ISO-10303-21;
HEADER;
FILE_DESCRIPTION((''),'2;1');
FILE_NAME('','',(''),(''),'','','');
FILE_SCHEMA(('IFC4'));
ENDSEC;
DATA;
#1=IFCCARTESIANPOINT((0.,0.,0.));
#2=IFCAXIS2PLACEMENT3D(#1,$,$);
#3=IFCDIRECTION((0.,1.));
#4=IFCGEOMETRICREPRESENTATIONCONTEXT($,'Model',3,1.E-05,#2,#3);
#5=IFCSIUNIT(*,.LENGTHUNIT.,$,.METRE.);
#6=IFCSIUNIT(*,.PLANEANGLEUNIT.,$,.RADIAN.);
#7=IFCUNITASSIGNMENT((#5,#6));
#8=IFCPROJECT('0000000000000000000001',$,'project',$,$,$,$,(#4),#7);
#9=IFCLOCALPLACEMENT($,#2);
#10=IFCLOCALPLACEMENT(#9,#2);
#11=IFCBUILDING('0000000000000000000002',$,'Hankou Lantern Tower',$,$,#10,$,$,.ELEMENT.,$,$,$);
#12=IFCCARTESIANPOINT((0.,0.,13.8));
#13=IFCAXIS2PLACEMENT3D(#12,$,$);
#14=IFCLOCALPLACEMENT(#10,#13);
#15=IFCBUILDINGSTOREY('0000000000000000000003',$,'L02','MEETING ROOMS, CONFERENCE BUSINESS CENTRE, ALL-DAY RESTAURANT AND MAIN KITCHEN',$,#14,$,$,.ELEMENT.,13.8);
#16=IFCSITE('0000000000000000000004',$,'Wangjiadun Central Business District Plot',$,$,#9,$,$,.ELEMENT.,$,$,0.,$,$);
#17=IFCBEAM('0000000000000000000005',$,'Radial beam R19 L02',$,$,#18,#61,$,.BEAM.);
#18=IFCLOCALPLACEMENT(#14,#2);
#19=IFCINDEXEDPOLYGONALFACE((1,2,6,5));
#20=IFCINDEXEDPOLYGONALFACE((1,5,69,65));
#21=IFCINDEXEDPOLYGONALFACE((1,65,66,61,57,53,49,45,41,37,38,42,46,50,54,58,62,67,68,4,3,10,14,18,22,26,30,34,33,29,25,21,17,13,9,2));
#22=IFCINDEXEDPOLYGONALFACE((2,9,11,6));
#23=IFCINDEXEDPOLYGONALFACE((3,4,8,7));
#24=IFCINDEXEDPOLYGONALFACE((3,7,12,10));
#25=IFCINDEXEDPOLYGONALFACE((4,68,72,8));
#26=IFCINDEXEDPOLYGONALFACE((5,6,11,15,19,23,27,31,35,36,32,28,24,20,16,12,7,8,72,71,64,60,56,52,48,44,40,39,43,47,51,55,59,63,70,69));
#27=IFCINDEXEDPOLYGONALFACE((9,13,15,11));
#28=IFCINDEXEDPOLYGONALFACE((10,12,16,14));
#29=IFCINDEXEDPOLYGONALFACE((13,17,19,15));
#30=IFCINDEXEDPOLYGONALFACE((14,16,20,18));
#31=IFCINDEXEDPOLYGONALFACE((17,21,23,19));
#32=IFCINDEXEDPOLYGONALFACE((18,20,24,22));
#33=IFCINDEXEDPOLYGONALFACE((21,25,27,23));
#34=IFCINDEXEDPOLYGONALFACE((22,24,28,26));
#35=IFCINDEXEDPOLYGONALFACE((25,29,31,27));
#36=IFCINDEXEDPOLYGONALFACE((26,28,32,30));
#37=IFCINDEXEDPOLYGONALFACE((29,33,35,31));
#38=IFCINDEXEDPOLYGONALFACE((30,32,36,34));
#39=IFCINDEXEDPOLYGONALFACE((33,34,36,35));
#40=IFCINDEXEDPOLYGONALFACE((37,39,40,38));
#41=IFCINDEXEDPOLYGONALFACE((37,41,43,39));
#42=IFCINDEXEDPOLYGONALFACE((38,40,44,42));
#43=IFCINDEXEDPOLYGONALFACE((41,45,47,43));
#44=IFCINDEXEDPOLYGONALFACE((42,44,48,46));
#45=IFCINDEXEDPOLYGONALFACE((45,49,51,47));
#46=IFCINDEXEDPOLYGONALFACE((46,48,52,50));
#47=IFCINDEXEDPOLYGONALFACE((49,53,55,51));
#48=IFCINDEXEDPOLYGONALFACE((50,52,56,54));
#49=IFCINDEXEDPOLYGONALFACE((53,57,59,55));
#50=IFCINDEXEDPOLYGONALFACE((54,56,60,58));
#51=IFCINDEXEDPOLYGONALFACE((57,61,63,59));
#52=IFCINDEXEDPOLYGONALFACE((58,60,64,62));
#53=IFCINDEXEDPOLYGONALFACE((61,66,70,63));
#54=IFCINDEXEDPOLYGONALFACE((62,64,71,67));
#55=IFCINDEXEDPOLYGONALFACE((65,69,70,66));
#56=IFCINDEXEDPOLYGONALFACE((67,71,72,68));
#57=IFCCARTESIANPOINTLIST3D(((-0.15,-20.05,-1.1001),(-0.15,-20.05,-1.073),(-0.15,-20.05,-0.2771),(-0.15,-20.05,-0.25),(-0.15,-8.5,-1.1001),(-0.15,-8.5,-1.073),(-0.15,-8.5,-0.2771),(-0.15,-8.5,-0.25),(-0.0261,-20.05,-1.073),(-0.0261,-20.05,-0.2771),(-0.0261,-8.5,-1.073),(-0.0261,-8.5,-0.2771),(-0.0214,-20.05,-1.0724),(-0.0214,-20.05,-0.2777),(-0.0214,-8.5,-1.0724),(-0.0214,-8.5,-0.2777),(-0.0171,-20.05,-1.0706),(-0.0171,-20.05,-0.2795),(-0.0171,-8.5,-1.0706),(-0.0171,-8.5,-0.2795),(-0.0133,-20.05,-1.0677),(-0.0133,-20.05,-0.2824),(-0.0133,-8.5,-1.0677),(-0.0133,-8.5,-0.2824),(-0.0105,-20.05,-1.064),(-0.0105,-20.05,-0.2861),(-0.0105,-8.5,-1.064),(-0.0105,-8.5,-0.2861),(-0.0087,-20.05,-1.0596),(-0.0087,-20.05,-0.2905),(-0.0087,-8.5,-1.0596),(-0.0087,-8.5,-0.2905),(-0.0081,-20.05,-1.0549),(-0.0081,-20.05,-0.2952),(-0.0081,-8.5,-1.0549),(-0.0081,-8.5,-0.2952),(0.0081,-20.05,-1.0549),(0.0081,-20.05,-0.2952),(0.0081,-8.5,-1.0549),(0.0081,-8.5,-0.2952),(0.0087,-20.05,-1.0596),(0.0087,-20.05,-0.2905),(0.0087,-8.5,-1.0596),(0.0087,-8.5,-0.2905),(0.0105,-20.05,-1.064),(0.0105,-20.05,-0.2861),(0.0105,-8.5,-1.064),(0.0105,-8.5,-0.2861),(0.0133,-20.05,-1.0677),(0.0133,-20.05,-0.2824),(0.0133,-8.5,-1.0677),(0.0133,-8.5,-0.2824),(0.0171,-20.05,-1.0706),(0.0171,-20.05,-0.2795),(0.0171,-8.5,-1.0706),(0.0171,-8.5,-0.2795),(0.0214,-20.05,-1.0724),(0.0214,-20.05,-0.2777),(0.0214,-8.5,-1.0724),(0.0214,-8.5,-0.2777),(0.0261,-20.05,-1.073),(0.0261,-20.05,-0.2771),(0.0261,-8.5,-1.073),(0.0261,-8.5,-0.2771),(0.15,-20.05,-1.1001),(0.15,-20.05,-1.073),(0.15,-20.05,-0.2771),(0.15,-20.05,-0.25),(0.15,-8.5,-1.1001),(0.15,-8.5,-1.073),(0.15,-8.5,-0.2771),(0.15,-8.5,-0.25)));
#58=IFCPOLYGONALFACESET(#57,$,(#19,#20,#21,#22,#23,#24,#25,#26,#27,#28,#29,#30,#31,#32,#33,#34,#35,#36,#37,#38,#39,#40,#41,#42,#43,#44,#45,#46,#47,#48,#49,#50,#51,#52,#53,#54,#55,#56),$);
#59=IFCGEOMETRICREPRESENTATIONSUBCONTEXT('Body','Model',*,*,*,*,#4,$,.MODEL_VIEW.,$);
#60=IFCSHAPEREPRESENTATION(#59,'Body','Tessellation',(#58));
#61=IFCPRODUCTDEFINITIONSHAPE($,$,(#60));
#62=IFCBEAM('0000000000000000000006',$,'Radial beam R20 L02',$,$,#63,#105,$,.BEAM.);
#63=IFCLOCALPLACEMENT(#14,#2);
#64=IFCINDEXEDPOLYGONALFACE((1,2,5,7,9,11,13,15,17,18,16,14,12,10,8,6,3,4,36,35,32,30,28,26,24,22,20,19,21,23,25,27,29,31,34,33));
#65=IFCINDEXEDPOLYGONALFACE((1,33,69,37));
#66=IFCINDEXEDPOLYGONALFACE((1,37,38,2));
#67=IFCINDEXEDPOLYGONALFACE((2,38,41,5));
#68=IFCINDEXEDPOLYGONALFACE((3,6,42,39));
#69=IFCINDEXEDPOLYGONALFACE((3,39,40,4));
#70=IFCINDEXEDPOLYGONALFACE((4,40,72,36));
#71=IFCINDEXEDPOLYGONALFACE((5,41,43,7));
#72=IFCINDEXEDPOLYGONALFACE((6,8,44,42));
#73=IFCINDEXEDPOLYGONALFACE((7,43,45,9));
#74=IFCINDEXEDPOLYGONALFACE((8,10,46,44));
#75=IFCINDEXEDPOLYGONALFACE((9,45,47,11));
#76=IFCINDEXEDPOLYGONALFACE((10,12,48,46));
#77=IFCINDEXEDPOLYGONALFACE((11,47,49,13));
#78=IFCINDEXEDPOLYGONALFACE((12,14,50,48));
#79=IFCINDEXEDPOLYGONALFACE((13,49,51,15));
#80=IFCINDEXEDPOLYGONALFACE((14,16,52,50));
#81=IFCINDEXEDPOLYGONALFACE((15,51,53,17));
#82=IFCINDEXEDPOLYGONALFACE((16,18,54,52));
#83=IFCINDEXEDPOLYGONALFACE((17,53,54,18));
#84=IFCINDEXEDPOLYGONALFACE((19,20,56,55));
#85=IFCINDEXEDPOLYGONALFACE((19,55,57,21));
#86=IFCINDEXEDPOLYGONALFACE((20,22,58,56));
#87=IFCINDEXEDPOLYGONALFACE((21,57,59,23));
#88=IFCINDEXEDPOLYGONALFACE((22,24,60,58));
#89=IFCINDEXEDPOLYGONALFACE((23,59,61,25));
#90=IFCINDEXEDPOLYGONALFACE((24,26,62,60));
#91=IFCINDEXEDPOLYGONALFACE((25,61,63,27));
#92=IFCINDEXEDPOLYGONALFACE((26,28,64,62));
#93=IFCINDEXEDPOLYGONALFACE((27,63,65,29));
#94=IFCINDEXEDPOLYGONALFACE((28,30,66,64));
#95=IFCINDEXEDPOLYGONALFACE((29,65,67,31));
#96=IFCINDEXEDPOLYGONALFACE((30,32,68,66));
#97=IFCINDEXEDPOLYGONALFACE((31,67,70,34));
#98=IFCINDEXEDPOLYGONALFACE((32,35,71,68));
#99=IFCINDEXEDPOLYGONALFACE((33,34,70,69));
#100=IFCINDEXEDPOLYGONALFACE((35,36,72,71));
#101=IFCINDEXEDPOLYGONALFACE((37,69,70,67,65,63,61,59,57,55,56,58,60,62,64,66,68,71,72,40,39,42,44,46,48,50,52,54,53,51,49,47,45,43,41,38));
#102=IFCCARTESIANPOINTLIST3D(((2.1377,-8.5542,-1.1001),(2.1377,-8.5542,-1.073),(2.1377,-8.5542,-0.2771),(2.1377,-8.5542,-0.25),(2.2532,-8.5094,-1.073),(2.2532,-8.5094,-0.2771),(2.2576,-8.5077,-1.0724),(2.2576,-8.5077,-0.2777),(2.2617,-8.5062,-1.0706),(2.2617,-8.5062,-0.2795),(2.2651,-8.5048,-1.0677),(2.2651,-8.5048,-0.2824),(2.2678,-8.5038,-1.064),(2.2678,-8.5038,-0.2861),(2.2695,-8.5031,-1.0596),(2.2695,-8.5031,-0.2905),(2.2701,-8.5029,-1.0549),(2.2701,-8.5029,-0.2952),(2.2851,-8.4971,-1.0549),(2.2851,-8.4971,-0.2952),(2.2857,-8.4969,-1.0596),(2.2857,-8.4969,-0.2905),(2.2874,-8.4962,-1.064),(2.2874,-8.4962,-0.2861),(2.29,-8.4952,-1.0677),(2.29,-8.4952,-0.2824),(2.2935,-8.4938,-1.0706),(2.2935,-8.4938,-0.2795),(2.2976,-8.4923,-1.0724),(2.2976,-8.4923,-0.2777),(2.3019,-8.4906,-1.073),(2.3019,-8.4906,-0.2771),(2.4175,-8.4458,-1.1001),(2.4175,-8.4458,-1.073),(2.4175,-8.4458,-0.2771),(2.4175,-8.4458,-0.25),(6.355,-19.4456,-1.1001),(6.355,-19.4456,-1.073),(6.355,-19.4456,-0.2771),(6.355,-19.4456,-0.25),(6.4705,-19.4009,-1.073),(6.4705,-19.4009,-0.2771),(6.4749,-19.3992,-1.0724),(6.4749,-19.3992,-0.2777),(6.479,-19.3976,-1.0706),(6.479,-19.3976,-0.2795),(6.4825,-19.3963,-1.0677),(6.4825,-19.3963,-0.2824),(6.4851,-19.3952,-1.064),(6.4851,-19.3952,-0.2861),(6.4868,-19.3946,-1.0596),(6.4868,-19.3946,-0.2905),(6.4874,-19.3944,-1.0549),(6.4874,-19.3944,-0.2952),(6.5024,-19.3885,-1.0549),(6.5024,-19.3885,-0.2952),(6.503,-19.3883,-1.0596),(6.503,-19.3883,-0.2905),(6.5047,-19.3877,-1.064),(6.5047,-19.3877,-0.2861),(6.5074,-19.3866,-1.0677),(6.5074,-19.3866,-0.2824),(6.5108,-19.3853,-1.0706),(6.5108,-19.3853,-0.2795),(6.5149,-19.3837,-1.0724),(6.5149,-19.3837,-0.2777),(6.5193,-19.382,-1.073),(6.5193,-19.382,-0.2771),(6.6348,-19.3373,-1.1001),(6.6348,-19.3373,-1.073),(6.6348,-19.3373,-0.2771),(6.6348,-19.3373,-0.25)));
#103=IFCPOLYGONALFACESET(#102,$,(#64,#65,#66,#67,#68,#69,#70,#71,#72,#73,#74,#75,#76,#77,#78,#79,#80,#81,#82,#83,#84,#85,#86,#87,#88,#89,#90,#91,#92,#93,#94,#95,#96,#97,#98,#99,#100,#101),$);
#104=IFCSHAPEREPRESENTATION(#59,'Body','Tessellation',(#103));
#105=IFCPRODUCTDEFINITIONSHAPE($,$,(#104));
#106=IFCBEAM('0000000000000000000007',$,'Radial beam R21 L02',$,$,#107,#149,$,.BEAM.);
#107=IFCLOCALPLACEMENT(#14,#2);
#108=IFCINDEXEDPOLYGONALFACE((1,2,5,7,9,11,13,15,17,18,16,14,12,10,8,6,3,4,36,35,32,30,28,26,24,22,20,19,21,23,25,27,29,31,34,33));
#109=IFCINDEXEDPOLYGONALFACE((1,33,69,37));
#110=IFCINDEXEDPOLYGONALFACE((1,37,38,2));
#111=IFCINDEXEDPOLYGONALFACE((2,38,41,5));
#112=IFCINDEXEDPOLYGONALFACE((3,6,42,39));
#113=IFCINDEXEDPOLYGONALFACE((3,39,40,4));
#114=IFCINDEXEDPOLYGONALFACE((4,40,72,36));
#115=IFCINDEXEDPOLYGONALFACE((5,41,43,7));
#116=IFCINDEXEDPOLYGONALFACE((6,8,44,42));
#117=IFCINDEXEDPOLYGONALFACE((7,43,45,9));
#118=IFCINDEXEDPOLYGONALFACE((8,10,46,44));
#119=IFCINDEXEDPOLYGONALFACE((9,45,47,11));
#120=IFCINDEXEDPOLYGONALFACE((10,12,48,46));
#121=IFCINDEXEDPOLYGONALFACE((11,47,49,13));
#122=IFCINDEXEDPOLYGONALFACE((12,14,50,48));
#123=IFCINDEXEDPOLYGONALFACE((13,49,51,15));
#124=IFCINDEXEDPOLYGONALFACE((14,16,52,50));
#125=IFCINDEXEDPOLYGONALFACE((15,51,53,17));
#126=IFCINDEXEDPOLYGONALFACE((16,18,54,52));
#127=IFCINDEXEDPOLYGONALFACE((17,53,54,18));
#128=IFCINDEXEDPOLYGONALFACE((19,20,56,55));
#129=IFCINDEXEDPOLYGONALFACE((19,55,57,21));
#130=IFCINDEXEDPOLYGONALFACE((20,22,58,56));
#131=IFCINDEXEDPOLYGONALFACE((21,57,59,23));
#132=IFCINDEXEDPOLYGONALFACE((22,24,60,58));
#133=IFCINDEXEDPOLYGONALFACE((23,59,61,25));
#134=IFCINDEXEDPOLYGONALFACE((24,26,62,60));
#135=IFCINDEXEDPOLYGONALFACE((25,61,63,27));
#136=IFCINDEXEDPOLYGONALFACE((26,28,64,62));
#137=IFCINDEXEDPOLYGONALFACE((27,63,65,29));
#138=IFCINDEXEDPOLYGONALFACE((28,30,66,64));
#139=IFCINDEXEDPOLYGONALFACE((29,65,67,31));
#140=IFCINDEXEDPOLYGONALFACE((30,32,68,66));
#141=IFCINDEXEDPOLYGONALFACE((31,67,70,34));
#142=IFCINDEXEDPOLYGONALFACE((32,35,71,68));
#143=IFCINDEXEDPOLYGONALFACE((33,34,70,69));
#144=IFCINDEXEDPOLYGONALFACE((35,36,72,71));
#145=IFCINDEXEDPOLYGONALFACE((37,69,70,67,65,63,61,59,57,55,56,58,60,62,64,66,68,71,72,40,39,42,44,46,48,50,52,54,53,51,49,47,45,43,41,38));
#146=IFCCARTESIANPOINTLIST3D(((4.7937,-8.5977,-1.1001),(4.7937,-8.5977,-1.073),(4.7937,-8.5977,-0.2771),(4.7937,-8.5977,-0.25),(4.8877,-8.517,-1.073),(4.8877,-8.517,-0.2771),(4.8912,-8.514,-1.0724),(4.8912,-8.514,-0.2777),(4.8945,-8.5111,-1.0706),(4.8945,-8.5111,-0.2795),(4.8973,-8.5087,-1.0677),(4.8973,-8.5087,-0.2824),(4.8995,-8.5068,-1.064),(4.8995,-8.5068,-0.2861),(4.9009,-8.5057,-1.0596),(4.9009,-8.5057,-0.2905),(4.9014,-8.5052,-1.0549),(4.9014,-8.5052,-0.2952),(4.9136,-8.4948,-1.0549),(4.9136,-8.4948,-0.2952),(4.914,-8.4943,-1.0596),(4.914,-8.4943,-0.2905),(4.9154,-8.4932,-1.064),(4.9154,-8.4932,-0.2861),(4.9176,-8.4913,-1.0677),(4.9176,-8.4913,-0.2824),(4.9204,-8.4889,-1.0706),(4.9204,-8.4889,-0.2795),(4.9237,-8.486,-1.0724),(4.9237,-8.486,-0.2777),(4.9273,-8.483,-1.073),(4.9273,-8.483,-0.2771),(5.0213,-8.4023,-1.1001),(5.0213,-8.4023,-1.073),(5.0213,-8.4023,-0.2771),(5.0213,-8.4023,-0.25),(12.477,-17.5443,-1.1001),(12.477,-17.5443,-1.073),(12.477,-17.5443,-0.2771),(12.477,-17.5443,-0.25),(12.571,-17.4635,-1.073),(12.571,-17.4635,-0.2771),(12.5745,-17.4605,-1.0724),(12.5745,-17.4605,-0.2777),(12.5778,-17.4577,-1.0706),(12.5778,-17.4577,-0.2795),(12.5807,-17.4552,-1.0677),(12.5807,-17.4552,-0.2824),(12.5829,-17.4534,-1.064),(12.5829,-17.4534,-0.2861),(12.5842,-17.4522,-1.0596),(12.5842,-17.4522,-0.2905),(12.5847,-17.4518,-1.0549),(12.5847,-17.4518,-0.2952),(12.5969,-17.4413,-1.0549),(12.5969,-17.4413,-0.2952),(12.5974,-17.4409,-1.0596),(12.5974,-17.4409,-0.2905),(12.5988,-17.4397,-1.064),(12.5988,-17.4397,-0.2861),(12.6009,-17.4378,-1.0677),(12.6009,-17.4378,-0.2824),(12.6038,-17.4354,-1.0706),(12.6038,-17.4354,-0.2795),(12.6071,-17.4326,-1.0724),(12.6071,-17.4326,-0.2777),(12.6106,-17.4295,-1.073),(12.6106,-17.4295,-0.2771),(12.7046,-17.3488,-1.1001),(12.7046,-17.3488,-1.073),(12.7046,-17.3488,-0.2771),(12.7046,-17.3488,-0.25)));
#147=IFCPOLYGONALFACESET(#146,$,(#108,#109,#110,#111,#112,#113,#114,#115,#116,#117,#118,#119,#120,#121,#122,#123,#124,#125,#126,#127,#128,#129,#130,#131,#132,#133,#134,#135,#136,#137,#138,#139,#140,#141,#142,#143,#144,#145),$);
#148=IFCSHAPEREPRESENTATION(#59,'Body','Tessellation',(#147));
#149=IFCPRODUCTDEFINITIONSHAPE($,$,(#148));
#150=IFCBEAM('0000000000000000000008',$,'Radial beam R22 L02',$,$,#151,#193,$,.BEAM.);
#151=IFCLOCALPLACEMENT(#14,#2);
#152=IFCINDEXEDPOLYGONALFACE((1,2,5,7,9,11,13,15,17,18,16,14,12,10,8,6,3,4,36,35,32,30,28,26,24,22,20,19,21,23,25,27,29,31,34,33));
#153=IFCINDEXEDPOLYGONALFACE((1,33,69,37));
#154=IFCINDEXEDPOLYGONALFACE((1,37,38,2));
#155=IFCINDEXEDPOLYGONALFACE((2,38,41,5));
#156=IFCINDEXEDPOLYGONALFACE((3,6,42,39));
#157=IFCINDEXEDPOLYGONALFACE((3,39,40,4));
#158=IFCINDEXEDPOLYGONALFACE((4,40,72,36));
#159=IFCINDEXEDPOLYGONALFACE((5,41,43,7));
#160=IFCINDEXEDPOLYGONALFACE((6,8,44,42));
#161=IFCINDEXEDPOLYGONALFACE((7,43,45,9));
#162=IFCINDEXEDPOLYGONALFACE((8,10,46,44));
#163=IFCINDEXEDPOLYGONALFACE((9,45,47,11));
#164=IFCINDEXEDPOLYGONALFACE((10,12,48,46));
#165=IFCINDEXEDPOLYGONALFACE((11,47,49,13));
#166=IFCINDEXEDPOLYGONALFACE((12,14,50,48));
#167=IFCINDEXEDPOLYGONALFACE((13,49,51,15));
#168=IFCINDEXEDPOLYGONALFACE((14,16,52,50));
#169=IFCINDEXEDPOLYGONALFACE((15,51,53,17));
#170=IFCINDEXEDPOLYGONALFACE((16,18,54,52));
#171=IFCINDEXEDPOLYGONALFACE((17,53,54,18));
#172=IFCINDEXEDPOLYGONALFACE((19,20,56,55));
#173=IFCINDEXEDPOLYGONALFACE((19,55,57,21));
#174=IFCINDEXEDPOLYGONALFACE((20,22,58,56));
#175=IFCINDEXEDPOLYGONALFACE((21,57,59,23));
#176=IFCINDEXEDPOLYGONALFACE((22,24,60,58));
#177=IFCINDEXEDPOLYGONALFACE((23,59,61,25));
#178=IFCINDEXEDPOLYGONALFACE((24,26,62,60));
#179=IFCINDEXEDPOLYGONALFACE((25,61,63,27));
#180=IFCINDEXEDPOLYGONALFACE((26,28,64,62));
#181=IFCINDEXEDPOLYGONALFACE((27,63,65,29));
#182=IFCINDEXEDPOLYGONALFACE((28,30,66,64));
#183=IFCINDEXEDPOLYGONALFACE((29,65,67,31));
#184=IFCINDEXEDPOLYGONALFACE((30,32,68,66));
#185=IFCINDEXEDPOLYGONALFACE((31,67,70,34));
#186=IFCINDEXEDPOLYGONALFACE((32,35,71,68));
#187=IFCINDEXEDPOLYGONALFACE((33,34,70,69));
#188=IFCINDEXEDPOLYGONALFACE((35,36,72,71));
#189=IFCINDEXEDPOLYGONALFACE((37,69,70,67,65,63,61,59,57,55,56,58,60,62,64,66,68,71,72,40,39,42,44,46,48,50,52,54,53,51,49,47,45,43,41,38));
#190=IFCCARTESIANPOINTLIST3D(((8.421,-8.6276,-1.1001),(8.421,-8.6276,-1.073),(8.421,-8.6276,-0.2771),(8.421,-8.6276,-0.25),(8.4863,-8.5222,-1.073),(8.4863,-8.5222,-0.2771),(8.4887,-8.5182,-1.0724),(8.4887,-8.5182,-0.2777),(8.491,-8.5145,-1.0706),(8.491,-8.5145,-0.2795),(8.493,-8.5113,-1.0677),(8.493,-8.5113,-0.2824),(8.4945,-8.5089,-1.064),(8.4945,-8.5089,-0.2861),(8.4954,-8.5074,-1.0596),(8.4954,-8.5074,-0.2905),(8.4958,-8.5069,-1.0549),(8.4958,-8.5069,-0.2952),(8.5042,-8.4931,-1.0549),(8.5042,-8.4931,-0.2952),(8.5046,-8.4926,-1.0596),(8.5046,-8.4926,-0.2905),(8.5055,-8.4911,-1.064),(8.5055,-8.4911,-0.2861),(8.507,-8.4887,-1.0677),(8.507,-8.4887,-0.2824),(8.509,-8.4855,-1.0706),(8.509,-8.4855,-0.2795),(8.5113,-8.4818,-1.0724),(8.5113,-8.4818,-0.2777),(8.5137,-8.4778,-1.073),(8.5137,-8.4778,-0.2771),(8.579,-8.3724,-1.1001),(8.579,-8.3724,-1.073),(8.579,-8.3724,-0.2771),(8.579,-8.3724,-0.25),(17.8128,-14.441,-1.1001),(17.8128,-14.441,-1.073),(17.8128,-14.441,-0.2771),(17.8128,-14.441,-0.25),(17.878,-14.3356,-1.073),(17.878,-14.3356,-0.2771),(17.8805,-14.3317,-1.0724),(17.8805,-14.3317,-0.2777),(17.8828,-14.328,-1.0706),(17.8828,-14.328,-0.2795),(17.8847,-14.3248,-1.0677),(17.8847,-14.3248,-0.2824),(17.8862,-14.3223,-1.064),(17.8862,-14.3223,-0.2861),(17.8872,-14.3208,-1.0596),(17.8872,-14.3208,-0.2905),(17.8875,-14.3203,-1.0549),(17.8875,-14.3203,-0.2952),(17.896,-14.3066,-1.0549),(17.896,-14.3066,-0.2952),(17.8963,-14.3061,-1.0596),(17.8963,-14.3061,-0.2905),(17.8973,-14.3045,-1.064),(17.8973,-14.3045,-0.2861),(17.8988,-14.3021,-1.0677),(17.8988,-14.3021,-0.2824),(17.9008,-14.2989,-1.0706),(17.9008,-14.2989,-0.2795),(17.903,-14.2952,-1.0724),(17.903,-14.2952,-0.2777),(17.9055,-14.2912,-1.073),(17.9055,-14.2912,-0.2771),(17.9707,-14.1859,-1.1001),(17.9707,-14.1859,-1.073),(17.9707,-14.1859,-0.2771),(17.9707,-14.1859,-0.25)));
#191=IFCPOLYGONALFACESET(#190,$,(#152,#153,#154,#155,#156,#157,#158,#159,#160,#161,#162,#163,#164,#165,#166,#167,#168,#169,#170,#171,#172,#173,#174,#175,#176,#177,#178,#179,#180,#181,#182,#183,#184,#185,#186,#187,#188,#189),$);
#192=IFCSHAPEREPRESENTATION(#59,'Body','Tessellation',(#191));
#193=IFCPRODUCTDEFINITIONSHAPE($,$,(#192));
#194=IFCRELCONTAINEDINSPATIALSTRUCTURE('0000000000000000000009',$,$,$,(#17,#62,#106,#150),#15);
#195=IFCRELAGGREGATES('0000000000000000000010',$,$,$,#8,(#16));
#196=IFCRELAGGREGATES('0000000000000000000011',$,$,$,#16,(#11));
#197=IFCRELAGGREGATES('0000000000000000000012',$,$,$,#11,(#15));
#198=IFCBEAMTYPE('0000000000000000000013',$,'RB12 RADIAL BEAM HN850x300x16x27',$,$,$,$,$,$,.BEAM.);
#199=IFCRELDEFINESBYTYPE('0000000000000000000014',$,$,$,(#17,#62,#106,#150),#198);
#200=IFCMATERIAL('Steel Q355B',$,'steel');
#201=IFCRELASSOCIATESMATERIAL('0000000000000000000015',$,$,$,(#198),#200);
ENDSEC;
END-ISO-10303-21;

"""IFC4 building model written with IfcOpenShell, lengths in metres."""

from ifc_helpers import new_model, si_unit, direction, frame, origin, origin_2d, place, context, subcontext, project, spatial, i_section, extrude, material, material_profile, profile_set, type_object, element, save


model = new_model("IFC4")

# Units and contexts
model_context = context("Model", 3, precision=1e-05, world=origin(), true_north=direction((0.0, 1.0)))
body_context = subcontext(model_context, "Body", "Model", "MODEL_VIEW")
ifc_project = project(units=[si_unit("LENGTHUNIT", "METRE"), si_unit("PLANEANGLEUNIT", "RADIAN")], contexts=[model_context])

# Site, building, storey
site_placement = place(None, origin())
site = spatial("IfcSite", under=ifc_project, at=site_placement, Name="Wangjiadun Central Business District Plot", CompositionType="ELEMENT", RefElevation=0.0)
building_placement = place(site_placement, origin())
building = spatial("IfcBuilding", under=site, at=building_placement, Name="Hankou Lantern Tower", CompositionType="ELEMENT")
storey_placement = place(building_placement, frame((0.0, 0.0, 13.8)))
storey = spatial("IfcBuildingStorey", under=building, at=storey_placement, Name="L02", Description="MEETING ROOMS, CONFERENCE BUSINESS CENTRE, ALL-DAY RESTAURANT AND MAIN KITCHEN", CompositionType="ELEMENT", Elevation=13.8)

# Beams
ifc_material_1 = material(Name="Steel Q355B", Category="steel")
ifc_material_profile_1 = material_profile(ifc_material_1, i_section(OverallWidth=0.3, OverallDepth=0.8501, WebThickness=0.0161, FlangeThickness=0.0271, FilletRadius=0.0181, at=origin_2d()), Name="HN850x300x16x27")
ifc_profile_set_1 = profile_set([ifc_material_profile_1], Name="Steel Q355B")
beam_type_1 = type_object("IfcBeamType", Name="RB12 RADIAL BEAM HN850x300x16x27", PredefinedType="BEAM", material=ifc_profile_set_1)
beam_1_placement = place(storey_placement, frame((0.0, -8.5, -0.675), z_axis=(0.0, -1.0, 0.0), x_axis=(1.0, 0.0, 0.0)))
element("IfcBeam", 1, at=beam_1_placement, inside=storey, type_object=beam_type_1, Name="Radial beam R19 L02", PredefinedType="BEAM", context=body_context, shape_type="SweptSolid", body=[
    extrude(i_section(OverallWidth=0.3, OverallDepth=0.8501, WebThickness=0.0161, FlangeThickness=0.0271, FilletRadius=0.0181, at=origin_2d()), origin(), (0.0, 0.0, 1.0), 11.55),
])
beam_2_placement = place(storey_placement, frame((2.2776, -8.5, -0.675), z_axis=(0.361089, -0.932531, 0.0), x_axis=(0.932531, 0.361089, 0.0)))
element("IfcBeam", 2, at=beam_2_placement, inside=storey, type_object=beam_type_1, Name="Radial beam R20 L02", PredefinedType="BEAM", context=body_context, shape_type="SweptSolid", body=[
    extrude(i_section(OverallWidth=0.3, OverallDepth=0.8501, WebThickness=0.0161, FlangeThickness=0.0271, FilletRadius=0.0181, at=origin_2d()), origin(), (0.0, 0.0, 1.0), 11.6794),
])
beam_3_placement = place(storey_placement, frame((4.9075, -8.5, -0.675), z_axis=(0.651519, -0.758632, 0.0), x_axis=(0.758632, 0.651519, 0.0)))
element("IfcBeam", 3, at=beam_3_placement, inside=storey, type_object=beam_type_1, Name="Radial beam R21 L02", PredefinedType="BEAM", context=body_context, shape_type="SweptSolid", body=[
    extrude(i_section(OverallWidth=0.3, OverallDepth=0.8501, WebThickness=0.0161, FlangeThickness=0.0271, FilletRadius=0.0181, at=origin_2d()), origin(), (0.0, 0.0, 1.0), 11.793),
])
beam_4_placement = place(storey_placement, frame((8.5, -8.5, -0.675), z_axis=(0.850286, -0.52632, 0.0), x_axis=(0.52632, 0.850286, 0.0)))
element("IfcBeam", 4, at=beam_4_placement, inside=storey, type_object=beam_type_1, Name="Radial beam R22 L02", PredefinedType="BEAM", context=body_context, shape_type="SweptSolid", body=[
    extrude(i_section(OverallWidth=0.3, OverallDepth=0.8501, WebThickness=0.0161, FlangeThickness=0.0271, FilletRadius=0.0181, at=origin_2d()), origin(), (0.0, 0.0, 1.0), 11.0454),
])

save(model, "model.ifc")
